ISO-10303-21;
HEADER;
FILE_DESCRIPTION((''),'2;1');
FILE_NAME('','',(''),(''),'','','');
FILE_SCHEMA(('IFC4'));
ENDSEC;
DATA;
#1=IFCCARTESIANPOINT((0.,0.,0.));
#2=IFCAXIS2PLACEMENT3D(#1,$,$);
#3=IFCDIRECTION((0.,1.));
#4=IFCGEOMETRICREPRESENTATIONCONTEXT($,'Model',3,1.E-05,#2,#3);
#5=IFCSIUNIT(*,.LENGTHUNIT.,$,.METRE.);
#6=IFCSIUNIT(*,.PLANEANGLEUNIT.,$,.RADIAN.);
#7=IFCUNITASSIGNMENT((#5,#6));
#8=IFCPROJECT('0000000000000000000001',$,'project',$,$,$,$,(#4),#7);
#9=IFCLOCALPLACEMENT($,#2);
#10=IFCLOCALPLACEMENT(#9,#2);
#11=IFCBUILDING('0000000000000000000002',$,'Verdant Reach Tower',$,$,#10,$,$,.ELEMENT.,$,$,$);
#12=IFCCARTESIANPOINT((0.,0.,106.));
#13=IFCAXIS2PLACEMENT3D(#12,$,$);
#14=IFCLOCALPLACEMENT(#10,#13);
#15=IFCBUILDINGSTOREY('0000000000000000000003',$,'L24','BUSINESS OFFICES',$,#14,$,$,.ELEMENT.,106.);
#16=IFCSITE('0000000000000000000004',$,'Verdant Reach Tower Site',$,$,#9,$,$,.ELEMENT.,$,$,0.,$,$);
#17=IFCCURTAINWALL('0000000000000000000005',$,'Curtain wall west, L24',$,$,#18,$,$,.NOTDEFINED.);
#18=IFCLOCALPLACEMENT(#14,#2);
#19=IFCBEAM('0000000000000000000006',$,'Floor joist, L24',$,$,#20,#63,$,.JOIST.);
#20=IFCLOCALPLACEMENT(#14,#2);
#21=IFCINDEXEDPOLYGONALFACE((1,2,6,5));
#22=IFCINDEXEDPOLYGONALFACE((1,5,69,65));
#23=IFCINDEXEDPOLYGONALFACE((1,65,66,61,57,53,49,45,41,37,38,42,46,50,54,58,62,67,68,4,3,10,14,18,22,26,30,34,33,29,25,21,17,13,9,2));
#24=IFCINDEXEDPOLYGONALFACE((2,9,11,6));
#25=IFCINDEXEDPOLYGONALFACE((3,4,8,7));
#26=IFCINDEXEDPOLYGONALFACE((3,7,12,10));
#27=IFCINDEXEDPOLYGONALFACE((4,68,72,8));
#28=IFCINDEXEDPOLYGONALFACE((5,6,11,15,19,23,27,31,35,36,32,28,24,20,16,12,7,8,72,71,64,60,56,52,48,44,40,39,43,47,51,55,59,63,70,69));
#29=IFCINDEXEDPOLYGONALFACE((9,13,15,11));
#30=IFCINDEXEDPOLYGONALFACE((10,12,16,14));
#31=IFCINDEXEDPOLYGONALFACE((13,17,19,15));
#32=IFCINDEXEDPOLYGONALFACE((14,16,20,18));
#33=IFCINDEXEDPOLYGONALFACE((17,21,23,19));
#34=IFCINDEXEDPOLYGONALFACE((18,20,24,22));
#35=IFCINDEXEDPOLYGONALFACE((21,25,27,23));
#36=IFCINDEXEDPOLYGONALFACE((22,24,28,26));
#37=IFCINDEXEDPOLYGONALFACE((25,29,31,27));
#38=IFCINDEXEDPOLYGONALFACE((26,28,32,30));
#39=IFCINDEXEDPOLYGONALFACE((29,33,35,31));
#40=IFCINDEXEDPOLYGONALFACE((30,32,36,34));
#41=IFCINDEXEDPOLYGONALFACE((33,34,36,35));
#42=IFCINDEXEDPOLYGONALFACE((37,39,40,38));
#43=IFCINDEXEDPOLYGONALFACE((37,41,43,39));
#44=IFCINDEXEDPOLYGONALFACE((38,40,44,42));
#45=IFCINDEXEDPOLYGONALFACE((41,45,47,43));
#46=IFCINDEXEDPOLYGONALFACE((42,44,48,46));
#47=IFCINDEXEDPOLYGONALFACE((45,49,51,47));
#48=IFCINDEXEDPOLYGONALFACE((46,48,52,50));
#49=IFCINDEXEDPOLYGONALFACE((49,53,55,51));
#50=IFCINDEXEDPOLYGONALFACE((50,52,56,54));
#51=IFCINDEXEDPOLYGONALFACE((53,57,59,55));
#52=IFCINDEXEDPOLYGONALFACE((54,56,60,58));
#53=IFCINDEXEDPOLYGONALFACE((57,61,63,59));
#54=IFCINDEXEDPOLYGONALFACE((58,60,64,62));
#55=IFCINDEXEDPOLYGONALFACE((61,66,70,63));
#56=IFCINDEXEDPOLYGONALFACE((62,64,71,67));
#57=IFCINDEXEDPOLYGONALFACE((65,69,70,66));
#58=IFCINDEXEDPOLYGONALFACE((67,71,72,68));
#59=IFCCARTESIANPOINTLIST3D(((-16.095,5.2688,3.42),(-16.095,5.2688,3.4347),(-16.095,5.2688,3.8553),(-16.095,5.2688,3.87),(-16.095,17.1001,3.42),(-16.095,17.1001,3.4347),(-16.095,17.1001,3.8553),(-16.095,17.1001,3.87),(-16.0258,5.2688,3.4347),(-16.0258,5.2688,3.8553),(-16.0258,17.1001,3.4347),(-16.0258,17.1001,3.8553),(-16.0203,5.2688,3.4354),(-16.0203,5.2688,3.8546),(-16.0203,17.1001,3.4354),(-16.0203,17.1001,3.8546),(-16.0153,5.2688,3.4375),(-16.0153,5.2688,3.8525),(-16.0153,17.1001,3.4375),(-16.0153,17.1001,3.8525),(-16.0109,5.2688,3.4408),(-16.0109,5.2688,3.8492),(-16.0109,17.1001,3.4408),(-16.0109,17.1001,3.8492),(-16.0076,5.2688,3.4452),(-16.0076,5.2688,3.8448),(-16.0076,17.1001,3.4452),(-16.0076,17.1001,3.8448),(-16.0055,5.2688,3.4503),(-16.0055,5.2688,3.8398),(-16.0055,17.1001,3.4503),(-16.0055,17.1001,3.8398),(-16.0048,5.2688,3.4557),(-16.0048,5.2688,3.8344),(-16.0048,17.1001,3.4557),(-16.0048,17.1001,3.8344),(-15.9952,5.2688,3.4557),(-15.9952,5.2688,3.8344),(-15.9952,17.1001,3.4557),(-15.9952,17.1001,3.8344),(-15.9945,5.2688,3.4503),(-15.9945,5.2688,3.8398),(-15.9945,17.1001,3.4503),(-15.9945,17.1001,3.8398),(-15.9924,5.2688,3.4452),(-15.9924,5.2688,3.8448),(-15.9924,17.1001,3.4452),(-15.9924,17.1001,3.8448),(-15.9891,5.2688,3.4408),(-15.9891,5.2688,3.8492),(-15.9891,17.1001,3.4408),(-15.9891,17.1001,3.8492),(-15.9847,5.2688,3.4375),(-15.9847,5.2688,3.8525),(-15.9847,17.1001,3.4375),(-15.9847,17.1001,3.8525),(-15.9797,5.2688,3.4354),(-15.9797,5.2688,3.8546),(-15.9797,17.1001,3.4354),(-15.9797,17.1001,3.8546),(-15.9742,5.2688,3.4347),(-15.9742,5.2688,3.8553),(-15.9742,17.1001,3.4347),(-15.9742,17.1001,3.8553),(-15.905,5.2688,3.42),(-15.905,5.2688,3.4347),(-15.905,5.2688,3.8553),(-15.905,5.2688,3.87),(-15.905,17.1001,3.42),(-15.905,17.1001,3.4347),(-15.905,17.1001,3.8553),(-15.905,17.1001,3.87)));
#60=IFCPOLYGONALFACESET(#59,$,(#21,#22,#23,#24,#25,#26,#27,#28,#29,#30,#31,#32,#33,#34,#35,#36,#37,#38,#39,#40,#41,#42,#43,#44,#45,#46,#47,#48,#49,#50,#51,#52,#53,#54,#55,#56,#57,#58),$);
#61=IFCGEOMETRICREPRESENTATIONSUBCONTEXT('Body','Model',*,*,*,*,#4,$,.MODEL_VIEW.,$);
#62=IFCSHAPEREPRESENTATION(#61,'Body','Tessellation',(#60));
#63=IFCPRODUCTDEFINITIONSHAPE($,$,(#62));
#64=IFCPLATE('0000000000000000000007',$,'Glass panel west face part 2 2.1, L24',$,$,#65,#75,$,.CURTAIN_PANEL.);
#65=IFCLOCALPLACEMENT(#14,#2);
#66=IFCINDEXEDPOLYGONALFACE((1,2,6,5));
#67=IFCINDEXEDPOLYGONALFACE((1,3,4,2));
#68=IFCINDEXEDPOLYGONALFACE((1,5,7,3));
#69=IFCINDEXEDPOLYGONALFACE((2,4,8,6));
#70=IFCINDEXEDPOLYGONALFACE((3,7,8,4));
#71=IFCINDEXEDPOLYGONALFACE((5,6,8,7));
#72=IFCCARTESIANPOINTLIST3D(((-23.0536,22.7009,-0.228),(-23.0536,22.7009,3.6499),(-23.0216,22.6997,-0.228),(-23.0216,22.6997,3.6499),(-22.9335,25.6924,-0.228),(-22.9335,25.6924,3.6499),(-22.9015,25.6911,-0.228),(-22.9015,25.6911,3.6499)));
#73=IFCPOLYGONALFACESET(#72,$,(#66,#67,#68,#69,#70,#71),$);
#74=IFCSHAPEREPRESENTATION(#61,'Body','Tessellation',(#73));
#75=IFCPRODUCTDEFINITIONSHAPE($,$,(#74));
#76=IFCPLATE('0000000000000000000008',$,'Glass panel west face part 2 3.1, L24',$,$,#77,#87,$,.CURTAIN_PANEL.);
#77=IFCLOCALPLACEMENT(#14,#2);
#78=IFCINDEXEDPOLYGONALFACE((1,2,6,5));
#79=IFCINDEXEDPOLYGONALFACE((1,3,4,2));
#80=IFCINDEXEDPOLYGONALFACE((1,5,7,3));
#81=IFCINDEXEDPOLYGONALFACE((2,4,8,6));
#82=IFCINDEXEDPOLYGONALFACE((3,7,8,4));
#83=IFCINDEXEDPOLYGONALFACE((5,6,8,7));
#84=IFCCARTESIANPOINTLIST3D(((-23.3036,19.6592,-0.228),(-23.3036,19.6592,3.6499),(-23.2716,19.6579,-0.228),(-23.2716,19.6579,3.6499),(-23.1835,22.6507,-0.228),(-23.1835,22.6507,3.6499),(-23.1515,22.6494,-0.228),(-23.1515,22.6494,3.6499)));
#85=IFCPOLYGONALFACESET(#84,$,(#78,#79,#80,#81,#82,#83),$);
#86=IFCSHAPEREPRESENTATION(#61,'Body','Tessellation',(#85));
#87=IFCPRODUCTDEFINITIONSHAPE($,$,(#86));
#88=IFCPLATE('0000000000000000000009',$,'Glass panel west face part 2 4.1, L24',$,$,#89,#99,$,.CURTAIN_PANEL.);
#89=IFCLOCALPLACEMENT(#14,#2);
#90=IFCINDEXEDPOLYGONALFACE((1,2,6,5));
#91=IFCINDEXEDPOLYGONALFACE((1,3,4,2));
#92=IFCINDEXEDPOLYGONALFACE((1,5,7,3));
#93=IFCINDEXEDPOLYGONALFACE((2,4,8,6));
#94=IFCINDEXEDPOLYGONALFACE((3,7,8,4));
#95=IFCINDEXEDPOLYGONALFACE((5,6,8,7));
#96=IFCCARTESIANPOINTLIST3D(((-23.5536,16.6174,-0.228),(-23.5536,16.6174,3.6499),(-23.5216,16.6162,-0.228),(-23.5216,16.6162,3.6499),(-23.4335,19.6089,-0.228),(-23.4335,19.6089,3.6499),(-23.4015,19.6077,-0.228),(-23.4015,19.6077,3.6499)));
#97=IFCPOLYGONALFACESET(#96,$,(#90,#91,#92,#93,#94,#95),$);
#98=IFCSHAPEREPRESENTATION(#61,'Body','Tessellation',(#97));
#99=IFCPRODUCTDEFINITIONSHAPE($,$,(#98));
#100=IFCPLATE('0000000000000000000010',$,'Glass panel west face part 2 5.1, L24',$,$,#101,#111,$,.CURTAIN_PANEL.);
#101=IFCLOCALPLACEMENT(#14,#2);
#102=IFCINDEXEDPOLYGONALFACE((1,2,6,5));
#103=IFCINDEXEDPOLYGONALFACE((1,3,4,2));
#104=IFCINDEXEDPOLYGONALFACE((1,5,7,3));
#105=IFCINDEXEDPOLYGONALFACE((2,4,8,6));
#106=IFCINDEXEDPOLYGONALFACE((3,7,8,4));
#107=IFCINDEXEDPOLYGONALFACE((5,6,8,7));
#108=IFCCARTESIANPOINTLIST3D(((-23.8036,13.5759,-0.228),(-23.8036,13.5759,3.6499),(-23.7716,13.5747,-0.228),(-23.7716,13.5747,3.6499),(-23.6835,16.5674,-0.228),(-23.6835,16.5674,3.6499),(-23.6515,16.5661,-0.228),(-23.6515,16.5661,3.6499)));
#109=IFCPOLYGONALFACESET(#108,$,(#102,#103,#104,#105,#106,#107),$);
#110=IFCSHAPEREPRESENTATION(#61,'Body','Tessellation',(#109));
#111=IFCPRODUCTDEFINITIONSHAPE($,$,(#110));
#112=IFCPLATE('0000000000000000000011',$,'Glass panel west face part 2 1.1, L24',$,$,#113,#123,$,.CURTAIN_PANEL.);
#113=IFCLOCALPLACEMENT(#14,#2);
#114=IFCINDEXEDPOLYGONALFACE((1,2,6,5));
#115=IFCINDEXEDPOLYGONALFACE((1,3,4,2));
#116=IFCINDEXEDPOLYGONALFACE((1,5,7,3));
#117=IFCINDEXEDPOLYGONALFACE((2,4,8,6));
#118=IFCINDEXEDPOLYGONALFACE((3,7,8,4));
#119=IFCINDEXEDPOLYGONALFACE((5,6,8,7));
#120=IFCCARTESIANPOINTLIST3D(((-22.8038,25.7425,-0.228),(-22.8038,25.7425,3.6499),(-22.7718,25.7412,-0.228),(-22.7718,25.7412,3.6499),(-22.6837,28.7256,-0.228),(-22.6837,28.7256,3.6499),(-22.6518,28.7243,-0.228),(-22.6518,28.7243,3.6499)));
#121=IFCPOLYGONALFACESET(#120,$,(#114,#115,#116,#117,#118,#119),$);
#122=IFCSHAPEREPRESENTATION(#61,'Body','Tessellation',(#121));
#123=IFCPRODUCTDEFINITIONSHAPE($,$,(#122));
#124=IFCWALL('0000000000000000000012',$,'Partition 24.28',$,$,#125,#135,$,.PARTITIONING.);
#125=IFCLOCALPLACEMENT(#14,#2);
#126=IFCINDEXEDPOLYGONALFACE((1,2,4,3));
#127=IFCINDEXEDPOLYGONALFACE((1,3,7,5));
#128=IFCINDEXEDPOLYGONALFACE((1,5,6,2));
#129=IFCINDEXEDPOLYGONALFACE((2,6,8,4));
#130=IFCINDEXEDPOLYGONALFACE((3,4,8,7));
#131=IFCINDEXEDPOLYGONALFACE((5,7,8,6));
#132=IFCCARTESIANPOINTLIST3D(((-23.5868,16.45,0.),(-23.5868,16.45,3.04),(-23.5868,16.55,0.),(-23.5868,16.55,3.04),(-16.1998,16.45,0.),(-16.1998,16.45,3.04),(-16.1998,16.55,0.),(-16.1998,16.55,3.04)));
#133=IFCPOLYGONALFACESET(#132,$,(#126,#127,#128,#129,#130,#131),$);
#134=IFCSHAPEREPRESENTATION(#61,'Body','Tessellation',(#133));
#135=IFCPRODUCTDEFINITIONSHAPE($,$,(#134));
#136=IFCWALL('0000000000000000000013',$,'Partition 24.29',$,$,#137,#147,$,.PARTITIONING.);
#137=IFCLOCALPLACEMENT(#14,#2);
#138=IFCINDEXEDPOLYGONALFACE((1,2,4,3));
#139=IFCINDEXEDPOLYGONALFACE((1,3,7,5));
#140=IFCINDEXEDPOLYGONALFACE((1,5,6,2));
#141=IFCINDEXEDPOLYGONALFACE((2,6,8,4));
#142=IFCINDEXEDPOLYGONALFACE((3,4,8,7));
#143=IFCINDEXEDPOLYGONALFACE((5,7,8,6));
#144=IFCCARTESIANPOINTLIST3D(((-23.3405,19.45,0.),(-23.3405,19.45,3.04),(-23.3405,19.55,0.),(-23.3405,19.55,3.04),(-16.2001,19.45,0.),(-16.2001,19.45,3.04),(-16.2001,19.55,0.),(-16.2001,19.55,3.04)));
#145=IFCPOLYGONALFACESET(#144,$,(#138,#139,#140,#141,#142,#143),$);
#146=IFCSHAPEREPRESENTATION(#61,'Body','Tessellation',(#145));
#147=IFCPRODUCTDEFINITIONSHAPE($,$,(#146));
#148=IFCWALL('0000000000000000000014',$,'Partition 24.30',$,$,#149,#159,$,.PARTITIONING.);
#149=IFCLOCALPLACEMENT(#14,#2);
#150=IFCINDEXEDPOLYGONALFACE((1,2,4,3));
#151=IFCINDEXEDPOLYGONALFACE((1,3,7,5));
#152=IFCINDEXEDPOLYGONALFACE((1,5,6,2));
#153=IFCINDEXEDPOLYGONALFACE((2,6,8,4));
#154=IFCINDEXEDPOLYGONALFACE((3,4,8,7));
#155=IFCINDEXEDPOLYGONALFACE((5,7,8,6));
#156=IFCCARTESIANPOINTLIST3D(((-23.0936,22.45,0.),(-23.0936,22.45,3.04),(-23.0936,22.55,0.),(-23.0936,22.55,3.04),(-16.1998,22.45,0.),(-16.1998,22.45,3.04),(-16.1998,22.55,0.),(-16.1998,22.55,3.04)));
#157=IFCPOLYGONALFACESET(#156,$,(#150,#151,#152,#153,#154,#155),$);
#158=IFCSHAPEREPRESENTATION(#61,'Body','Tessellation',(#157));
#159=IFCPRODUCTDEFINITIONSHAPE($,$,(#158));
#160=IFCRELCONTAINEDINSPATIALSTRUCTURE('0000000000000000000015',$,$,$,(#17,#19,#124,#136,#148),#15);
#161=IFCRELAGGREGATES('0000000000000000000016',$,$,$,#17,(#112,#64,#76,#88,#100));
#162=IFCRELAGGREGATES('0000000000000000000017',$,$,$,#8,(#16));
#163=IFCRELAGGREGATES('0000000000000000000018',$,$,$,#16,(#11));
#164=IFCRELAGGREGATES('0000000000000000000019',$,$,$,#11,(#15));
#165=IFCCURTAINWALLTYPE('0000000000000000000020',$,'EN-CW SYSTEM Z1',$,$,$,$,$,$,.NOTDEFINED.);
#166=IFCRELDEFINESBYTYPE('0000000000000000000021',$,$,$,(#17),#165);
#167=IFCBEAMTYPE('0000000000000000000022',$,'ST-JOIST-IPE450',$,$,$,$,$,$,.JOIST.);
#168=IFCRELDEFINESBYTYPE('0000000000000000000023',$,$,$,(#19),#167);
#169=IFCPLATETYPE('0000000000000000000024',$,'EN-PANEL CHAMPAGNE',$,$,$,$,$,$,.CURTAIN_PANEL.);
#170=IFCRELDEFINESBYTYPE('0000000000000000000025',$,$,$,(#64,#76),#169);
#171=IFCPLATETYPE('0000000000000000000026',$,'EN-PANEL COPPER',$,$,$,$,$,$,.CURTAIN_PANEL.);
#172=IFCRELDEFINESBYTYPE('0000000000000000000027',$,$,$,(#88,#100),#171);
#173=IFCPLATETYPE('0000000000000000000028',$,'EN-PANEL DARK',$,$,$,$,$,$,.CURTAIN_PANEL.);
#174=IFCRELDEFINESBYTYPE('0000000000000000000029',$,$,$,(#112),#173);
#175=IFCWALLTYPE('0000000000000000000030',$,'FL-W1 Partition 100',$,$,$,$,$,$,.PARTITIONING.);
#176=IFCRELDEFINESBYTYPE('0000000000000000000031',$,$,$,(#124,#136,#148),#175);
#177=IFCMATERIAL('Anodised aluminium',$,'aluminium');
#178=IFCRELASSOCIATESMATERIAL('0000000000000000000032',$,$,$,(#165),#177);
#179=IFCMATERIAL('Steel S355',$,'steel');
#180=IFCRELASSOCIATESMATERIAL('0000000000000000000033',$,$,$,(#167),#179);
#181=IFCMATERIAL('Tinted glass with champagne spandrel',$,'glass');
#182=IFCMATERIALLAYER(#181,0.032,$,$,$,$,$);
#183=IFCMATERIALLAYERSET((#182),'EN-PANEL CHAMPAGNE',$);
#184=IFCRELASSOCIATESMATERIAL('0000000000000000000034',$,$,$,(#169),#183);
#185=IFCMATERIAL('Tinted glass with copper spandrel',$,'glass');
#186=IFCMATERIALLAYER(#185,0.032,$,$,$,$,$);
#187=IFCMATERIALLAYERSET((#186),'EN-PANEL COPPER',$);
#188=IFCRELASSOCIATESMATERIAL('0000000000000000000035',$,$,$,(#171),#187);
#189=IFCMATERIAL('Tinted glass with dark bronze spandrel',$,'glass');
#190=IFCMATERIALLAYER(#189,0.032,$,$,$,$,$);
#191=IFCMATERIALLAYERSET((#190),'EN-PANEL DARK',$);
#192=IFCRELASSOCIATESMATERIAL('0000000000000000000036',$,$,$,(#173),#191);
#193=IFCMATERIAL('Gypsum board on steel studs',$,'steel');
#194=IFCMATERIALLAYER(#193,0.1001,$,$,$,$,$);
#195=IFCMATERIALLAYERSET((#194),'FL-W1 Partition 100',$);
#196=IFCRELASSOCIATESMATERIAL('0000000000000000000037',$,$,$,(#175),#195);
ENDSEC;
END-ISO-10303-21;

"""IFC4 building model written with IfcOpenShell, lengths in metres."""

from ifc_helpers import new_model, si_unit, direction, frame, frame_2d, origin, origin_2d, place, context, subcontext, project, spatial, rectangle, i_section, extrude, material, layer, layer_set, material_profile, profile_set, type_object, element, aggregate, save


model = new_model("IFC4")

# Units and contexts
model_context = context("Model", 3, precision=1e-05, world=origin(), true_north=direction((0.0, 1.0)))
body_context = subcontext(model_context, "Body", "Model", "MODEL_VIEW")
ifc_project = project(units=[si_unit("LENGTHUNIT", "METRE"), si_unit("PLANEANGLEUNIT", "RADIAN")], contexts=[model_context])

# Site, building, storey
site_placement = place(None, origin())
site = spatial("IfcSite", under=ifc_project, at=site_placement, Name="Verdant Reach Tower Site", CompositionType="ELEMENT", RefElevation=0.0)
building_placement = place(site_placement, origin())
building = spatial("IfcBuilding", under=site, at=building_placement, Name="Verdant Reach Tower", CompositionType="ELEMENT")
storey_placement = place(building_placement, frame((0.0, 0.0, 106.0)))
storey = spatial("IfcBuildingStorey", under=building, at=storey_placement, Name="L24", Description="BUSINESS OFFICES", CompositionType="ELEMENT", Elevation=106.0)

# Curtain wall
ifc_material_1 = material(Name="Anodised aluminium", Category="aluminium")
curtain_wall_type = type_object("IfcCurtainWallType", Name="EN-CW SYSTEM Z1", PredefinedType="NOTDEFINED", material=ifc_material_1)
curtain_wall_placement = place(storey_placement, origin())
curtain_wall = element("IfcCurtainWall", 1, at=curtain_wall_placement, inside=storey, type_object=curtain_wall_type, Name="Curtain wall west, L24", PredefinedType="NOTDEFINED")

# Beam
ifc_material_2 = material(Name="Steel S355", Category="steel")
ifc_material_profile_1 = material_profile(ifc_material_2, i_section(OverallWidth=0.1899, OverallDepth=0.45, WebThickness=0.0095, FlangeThickness=0.0146, FilletRadius=0.021, at=origin_2d()), Name="IPE 450")
ifc_profile_set_1 = profile_set([ifc_material_profile_1], Name="Steel S355")
beam_type_1 = type_object("IfcBeamType", Name="ST-JOIST-IPE450", PredefinedType="JOIST", material=ifc_profile_set_1)
beam_1_placement = place(storey_placement, frame((-16.0, 17.1001, 3.645), z_axis=(0.0, -1.0, 0.0), x_axis=(1.0, 0.0, 0.0)))
element("IfcBeam", 2, at=beam_1_placement, inside=storey, type_object=beam_type_1, Name="Floor joist, L24", PredefinedType="JOIST", context=body_context, shape_type="SweptSolid", body=[
    extrude(i_section(OverallWidth=0.1899, OverallDepth=0.45, WebThickness=0.0095, FlangeThickness=0.0146, FilletRadius=0.021, at=origin_2d()), origin(), (0.0, 0.0, 1.0), 11.8313),
])

# Plates
ifc_material_3 = material(Name="Tinted glass with champagne spandrel", Category="glass")
ifc_layer_1 = layer(ifc_material_3, 0.032)
ifc_layer_set_1 = layer_set([ifc_layer_1], Name="EN-PANEL CHAMPAGNE")
plate_type_1 = type_object("IfcPlateType", Name="EN-PANEL CHAMPAGNE", PredefinedType="CURTAIN_PANEL", material=ifc_layer_set_1)
plate_1_placement = place(storey_placement, frame((-22.9775, 24.196, -0.228), z_axis=(0.0, 0.0, 1.0), x_axis=(-0.040109, -0.999195, 0.0)))
plate_1 = element("IfcPlate", 3, at=plate_1_placement, type_object=plate_type_1, Name="Glass panel west face part 2 2.1, L24", PredefinedType="CURTAIN_PANEL", context=body_context, shape_type="SweptSolid", body=[
    extrude(rectangle(XDim=2.9939, YDim=0.032, at=origin_2d()), origin(), (0.0, 0.0, 1.0), 3.8779),
])
plate_2_placement = place(storey_placement, frame((-23.2275, 21.1543, -0.228), z_axis=(0.0, 0.0, 1.0), x_axis=(-0.040109, -0.999195, 0.0)))
plate_2 = element("IfcPlate", 4, at=plate_2_placement, type_object=plate_type_1, Name="Glass panel west face part 2 3.1, L24", PredefinedType="CURTAIN_PANEL", context=body_context, shape_type="SweptSolid", body=[
    extrude(rectangle(XDim=2.9939, YDim=0.032, at=origin_2d()), origin(), (0.0, 0.0, 1.0), 3.8779),
])
ifc_material_4 = material(Name="Tinted glass with copper spandrel", Category="glass")
ifc_layer_2 = layer(ifc_material_4, 0.032)
ifc_layer_set_2 = layer_set([ifc_layer_2], Name="EN-PANEL COPPER")
plate_type_2 = type_object("IfcPlateType", Name="EN-PANEL COPPER", PredefinedType="CURTAIN_PANEL", material=ifc_layer_set_2)
plate_3_placement = place(storey_placement, frame((-23.4775, 18.1125, -0.228), z_axis=(0.0, 0.0, 1.0), x_axis=(-0.040109, -0.999195, 0.0)))
plate_3 = element("IfcPlate", 5, at=plate_3_placement, type_object=plate_type_2, Name="Glass panel west face part 2 4.1, L24", PredefinedType="CURTAIN_PANEL", context=body_context, shape_type="SweptSolid", body=[
    extrude(rectangle(XDim=2.9939, YDim=0.032, at=origin_2d()), origin(), (0.0, 0.0, 1.0), 3.8779),
])
plate_4_placement = place(storey_placement, frame((-23.7275, 15.071, -0.228), z_axis=(0.0, 0.0, 1.0), x_axis=(-0.040109, -0.999195, 0.0)))
plate_4 = element("IfcPlate", 6, at=plate_4_placement, type_object=plate_type_2, Name="Glass panel west face part 2 5.1, L24", PredefinedType="CURTAIN_PANEL", context=body_context, shape_type="SweptSolid", body=[
    extrude(rectangle(XDim=2.9939, YDim=0.032, at=origin_2d()), origin(), (0.0, 0.0, 1.0), 3.8779),
])
ifc_material_5 = material(Name="Tinted glass with dark bronze spandrel", Category="glass")
ifc_layer_3 = layer(ifc_material_5, 0.032)
ifc_layer_set_3 = layer_set([ifc_layer_3], Name="EN-PANEL DARK")
plate_type_3 = type_object("IfcPlateType", Name="EN-PANEL DARK", PredefinedType="CURTAIN_PANEL", material=ifc_layer_set_3)
plate_5_placement = place(storey_placement, frame((-22.7278, 27.2334, -0.228), z_axis=(0.0, 0.0, 1.0), x_axis=(-0.040222, -0.999191, 0.0)))
plate_5 = element("IfcPlate", 7, at=plate_5_placement, type_object=plate_type_3, Name="Glass panel west face part 2 1.1, L24", PredefinedType="CURTAIN_PANEL", context=body_context, shape_type="SweptSolid", body=[
    extrude(rectangle(XDim=2.9856, YDim=0.032, at=origin_2d()), origin(), (0.0, 0.0, 1.0), 3.8779),
])
aggregate(curtain_wall, [plate_5, plate_1, plate_2, plate_3, plate_4])

# Walls
ifc_material_6 = material(Name="Gypsum board on steel studs", Category="steel")
ifc_layer_4 = layer(ifc_material_6, 0.1001)
ifc_layer_set_4 = layer_set([ifc_layer_4], Name="FL-W1 Partition 100")
wall_type_1 = type_object("IfcWallType", Name="FL-W1 Partition 100", PredefinedType="PARTITIONING", material=ifc_layer_set_4)
wall_1_placement = place(storey_placement, frame((-16.2, 16.5, 0.0), z_axis=(0.0, 0.0, 1.0), x_axis=(-1.0, 0.0, 0.0)))
element("IfcWall", 8, at=wall_1_placement, inside=storey, type_object=wall_type_1, Name="Partition 24.28", PredefinedType="PARTITIONING", context=body_context, shape_type="SweptSolid", body=[
    extrude(rectangle(XDim=7.387, YDim=0.1001, at=frame_2d((3.6934, 0.0))), origin(), (0.0, 0.0, 1.0), 3.04),
])
wall_2_placement = place(storey_placement, frame((-16.2, 19.5, 0.0), z_axis=(0.0, 0.0, 1.0), x_axis=(-1.0, 0.0, 0.0)))
element("IfcWall", 9, at=wall_2_placement, inside=storey, type_object=wall_type_1, Name="Partition 24.29", PredefinedType="PARTITIONING", context=body_context, shape_type="SweptSolid", body=[
    extrude(rectangle(XDim=7.1404, YDim=0.1001, at=frame_2d((3.5703, 0.0))), origin(), (0.0, 0.0, 1.0), 3.04),
])
wall_3_placement = place(storey_placement, frame((-16.2, 22.5, 0.0), z_axis=(0.0, 0.0, 1.0), x_axis=(-1.0, 0.0, 0.0)))
element("IfcWall", 10, at=wall_3_placement, inside=storey, type_object=wall_type_1, Name="Partition 24.30", PredefinedType="PARTITIONING", context=body_context, shape_type="SweptSolid", body=[
    extrude(rectangle(XDim=6.8938, YDim=0.1001, at=frame_2d((3.4468, 0.0))), origin(), (0.0, 0.0, 1.0), 3.04),
])

save(model, "model.ifc")
